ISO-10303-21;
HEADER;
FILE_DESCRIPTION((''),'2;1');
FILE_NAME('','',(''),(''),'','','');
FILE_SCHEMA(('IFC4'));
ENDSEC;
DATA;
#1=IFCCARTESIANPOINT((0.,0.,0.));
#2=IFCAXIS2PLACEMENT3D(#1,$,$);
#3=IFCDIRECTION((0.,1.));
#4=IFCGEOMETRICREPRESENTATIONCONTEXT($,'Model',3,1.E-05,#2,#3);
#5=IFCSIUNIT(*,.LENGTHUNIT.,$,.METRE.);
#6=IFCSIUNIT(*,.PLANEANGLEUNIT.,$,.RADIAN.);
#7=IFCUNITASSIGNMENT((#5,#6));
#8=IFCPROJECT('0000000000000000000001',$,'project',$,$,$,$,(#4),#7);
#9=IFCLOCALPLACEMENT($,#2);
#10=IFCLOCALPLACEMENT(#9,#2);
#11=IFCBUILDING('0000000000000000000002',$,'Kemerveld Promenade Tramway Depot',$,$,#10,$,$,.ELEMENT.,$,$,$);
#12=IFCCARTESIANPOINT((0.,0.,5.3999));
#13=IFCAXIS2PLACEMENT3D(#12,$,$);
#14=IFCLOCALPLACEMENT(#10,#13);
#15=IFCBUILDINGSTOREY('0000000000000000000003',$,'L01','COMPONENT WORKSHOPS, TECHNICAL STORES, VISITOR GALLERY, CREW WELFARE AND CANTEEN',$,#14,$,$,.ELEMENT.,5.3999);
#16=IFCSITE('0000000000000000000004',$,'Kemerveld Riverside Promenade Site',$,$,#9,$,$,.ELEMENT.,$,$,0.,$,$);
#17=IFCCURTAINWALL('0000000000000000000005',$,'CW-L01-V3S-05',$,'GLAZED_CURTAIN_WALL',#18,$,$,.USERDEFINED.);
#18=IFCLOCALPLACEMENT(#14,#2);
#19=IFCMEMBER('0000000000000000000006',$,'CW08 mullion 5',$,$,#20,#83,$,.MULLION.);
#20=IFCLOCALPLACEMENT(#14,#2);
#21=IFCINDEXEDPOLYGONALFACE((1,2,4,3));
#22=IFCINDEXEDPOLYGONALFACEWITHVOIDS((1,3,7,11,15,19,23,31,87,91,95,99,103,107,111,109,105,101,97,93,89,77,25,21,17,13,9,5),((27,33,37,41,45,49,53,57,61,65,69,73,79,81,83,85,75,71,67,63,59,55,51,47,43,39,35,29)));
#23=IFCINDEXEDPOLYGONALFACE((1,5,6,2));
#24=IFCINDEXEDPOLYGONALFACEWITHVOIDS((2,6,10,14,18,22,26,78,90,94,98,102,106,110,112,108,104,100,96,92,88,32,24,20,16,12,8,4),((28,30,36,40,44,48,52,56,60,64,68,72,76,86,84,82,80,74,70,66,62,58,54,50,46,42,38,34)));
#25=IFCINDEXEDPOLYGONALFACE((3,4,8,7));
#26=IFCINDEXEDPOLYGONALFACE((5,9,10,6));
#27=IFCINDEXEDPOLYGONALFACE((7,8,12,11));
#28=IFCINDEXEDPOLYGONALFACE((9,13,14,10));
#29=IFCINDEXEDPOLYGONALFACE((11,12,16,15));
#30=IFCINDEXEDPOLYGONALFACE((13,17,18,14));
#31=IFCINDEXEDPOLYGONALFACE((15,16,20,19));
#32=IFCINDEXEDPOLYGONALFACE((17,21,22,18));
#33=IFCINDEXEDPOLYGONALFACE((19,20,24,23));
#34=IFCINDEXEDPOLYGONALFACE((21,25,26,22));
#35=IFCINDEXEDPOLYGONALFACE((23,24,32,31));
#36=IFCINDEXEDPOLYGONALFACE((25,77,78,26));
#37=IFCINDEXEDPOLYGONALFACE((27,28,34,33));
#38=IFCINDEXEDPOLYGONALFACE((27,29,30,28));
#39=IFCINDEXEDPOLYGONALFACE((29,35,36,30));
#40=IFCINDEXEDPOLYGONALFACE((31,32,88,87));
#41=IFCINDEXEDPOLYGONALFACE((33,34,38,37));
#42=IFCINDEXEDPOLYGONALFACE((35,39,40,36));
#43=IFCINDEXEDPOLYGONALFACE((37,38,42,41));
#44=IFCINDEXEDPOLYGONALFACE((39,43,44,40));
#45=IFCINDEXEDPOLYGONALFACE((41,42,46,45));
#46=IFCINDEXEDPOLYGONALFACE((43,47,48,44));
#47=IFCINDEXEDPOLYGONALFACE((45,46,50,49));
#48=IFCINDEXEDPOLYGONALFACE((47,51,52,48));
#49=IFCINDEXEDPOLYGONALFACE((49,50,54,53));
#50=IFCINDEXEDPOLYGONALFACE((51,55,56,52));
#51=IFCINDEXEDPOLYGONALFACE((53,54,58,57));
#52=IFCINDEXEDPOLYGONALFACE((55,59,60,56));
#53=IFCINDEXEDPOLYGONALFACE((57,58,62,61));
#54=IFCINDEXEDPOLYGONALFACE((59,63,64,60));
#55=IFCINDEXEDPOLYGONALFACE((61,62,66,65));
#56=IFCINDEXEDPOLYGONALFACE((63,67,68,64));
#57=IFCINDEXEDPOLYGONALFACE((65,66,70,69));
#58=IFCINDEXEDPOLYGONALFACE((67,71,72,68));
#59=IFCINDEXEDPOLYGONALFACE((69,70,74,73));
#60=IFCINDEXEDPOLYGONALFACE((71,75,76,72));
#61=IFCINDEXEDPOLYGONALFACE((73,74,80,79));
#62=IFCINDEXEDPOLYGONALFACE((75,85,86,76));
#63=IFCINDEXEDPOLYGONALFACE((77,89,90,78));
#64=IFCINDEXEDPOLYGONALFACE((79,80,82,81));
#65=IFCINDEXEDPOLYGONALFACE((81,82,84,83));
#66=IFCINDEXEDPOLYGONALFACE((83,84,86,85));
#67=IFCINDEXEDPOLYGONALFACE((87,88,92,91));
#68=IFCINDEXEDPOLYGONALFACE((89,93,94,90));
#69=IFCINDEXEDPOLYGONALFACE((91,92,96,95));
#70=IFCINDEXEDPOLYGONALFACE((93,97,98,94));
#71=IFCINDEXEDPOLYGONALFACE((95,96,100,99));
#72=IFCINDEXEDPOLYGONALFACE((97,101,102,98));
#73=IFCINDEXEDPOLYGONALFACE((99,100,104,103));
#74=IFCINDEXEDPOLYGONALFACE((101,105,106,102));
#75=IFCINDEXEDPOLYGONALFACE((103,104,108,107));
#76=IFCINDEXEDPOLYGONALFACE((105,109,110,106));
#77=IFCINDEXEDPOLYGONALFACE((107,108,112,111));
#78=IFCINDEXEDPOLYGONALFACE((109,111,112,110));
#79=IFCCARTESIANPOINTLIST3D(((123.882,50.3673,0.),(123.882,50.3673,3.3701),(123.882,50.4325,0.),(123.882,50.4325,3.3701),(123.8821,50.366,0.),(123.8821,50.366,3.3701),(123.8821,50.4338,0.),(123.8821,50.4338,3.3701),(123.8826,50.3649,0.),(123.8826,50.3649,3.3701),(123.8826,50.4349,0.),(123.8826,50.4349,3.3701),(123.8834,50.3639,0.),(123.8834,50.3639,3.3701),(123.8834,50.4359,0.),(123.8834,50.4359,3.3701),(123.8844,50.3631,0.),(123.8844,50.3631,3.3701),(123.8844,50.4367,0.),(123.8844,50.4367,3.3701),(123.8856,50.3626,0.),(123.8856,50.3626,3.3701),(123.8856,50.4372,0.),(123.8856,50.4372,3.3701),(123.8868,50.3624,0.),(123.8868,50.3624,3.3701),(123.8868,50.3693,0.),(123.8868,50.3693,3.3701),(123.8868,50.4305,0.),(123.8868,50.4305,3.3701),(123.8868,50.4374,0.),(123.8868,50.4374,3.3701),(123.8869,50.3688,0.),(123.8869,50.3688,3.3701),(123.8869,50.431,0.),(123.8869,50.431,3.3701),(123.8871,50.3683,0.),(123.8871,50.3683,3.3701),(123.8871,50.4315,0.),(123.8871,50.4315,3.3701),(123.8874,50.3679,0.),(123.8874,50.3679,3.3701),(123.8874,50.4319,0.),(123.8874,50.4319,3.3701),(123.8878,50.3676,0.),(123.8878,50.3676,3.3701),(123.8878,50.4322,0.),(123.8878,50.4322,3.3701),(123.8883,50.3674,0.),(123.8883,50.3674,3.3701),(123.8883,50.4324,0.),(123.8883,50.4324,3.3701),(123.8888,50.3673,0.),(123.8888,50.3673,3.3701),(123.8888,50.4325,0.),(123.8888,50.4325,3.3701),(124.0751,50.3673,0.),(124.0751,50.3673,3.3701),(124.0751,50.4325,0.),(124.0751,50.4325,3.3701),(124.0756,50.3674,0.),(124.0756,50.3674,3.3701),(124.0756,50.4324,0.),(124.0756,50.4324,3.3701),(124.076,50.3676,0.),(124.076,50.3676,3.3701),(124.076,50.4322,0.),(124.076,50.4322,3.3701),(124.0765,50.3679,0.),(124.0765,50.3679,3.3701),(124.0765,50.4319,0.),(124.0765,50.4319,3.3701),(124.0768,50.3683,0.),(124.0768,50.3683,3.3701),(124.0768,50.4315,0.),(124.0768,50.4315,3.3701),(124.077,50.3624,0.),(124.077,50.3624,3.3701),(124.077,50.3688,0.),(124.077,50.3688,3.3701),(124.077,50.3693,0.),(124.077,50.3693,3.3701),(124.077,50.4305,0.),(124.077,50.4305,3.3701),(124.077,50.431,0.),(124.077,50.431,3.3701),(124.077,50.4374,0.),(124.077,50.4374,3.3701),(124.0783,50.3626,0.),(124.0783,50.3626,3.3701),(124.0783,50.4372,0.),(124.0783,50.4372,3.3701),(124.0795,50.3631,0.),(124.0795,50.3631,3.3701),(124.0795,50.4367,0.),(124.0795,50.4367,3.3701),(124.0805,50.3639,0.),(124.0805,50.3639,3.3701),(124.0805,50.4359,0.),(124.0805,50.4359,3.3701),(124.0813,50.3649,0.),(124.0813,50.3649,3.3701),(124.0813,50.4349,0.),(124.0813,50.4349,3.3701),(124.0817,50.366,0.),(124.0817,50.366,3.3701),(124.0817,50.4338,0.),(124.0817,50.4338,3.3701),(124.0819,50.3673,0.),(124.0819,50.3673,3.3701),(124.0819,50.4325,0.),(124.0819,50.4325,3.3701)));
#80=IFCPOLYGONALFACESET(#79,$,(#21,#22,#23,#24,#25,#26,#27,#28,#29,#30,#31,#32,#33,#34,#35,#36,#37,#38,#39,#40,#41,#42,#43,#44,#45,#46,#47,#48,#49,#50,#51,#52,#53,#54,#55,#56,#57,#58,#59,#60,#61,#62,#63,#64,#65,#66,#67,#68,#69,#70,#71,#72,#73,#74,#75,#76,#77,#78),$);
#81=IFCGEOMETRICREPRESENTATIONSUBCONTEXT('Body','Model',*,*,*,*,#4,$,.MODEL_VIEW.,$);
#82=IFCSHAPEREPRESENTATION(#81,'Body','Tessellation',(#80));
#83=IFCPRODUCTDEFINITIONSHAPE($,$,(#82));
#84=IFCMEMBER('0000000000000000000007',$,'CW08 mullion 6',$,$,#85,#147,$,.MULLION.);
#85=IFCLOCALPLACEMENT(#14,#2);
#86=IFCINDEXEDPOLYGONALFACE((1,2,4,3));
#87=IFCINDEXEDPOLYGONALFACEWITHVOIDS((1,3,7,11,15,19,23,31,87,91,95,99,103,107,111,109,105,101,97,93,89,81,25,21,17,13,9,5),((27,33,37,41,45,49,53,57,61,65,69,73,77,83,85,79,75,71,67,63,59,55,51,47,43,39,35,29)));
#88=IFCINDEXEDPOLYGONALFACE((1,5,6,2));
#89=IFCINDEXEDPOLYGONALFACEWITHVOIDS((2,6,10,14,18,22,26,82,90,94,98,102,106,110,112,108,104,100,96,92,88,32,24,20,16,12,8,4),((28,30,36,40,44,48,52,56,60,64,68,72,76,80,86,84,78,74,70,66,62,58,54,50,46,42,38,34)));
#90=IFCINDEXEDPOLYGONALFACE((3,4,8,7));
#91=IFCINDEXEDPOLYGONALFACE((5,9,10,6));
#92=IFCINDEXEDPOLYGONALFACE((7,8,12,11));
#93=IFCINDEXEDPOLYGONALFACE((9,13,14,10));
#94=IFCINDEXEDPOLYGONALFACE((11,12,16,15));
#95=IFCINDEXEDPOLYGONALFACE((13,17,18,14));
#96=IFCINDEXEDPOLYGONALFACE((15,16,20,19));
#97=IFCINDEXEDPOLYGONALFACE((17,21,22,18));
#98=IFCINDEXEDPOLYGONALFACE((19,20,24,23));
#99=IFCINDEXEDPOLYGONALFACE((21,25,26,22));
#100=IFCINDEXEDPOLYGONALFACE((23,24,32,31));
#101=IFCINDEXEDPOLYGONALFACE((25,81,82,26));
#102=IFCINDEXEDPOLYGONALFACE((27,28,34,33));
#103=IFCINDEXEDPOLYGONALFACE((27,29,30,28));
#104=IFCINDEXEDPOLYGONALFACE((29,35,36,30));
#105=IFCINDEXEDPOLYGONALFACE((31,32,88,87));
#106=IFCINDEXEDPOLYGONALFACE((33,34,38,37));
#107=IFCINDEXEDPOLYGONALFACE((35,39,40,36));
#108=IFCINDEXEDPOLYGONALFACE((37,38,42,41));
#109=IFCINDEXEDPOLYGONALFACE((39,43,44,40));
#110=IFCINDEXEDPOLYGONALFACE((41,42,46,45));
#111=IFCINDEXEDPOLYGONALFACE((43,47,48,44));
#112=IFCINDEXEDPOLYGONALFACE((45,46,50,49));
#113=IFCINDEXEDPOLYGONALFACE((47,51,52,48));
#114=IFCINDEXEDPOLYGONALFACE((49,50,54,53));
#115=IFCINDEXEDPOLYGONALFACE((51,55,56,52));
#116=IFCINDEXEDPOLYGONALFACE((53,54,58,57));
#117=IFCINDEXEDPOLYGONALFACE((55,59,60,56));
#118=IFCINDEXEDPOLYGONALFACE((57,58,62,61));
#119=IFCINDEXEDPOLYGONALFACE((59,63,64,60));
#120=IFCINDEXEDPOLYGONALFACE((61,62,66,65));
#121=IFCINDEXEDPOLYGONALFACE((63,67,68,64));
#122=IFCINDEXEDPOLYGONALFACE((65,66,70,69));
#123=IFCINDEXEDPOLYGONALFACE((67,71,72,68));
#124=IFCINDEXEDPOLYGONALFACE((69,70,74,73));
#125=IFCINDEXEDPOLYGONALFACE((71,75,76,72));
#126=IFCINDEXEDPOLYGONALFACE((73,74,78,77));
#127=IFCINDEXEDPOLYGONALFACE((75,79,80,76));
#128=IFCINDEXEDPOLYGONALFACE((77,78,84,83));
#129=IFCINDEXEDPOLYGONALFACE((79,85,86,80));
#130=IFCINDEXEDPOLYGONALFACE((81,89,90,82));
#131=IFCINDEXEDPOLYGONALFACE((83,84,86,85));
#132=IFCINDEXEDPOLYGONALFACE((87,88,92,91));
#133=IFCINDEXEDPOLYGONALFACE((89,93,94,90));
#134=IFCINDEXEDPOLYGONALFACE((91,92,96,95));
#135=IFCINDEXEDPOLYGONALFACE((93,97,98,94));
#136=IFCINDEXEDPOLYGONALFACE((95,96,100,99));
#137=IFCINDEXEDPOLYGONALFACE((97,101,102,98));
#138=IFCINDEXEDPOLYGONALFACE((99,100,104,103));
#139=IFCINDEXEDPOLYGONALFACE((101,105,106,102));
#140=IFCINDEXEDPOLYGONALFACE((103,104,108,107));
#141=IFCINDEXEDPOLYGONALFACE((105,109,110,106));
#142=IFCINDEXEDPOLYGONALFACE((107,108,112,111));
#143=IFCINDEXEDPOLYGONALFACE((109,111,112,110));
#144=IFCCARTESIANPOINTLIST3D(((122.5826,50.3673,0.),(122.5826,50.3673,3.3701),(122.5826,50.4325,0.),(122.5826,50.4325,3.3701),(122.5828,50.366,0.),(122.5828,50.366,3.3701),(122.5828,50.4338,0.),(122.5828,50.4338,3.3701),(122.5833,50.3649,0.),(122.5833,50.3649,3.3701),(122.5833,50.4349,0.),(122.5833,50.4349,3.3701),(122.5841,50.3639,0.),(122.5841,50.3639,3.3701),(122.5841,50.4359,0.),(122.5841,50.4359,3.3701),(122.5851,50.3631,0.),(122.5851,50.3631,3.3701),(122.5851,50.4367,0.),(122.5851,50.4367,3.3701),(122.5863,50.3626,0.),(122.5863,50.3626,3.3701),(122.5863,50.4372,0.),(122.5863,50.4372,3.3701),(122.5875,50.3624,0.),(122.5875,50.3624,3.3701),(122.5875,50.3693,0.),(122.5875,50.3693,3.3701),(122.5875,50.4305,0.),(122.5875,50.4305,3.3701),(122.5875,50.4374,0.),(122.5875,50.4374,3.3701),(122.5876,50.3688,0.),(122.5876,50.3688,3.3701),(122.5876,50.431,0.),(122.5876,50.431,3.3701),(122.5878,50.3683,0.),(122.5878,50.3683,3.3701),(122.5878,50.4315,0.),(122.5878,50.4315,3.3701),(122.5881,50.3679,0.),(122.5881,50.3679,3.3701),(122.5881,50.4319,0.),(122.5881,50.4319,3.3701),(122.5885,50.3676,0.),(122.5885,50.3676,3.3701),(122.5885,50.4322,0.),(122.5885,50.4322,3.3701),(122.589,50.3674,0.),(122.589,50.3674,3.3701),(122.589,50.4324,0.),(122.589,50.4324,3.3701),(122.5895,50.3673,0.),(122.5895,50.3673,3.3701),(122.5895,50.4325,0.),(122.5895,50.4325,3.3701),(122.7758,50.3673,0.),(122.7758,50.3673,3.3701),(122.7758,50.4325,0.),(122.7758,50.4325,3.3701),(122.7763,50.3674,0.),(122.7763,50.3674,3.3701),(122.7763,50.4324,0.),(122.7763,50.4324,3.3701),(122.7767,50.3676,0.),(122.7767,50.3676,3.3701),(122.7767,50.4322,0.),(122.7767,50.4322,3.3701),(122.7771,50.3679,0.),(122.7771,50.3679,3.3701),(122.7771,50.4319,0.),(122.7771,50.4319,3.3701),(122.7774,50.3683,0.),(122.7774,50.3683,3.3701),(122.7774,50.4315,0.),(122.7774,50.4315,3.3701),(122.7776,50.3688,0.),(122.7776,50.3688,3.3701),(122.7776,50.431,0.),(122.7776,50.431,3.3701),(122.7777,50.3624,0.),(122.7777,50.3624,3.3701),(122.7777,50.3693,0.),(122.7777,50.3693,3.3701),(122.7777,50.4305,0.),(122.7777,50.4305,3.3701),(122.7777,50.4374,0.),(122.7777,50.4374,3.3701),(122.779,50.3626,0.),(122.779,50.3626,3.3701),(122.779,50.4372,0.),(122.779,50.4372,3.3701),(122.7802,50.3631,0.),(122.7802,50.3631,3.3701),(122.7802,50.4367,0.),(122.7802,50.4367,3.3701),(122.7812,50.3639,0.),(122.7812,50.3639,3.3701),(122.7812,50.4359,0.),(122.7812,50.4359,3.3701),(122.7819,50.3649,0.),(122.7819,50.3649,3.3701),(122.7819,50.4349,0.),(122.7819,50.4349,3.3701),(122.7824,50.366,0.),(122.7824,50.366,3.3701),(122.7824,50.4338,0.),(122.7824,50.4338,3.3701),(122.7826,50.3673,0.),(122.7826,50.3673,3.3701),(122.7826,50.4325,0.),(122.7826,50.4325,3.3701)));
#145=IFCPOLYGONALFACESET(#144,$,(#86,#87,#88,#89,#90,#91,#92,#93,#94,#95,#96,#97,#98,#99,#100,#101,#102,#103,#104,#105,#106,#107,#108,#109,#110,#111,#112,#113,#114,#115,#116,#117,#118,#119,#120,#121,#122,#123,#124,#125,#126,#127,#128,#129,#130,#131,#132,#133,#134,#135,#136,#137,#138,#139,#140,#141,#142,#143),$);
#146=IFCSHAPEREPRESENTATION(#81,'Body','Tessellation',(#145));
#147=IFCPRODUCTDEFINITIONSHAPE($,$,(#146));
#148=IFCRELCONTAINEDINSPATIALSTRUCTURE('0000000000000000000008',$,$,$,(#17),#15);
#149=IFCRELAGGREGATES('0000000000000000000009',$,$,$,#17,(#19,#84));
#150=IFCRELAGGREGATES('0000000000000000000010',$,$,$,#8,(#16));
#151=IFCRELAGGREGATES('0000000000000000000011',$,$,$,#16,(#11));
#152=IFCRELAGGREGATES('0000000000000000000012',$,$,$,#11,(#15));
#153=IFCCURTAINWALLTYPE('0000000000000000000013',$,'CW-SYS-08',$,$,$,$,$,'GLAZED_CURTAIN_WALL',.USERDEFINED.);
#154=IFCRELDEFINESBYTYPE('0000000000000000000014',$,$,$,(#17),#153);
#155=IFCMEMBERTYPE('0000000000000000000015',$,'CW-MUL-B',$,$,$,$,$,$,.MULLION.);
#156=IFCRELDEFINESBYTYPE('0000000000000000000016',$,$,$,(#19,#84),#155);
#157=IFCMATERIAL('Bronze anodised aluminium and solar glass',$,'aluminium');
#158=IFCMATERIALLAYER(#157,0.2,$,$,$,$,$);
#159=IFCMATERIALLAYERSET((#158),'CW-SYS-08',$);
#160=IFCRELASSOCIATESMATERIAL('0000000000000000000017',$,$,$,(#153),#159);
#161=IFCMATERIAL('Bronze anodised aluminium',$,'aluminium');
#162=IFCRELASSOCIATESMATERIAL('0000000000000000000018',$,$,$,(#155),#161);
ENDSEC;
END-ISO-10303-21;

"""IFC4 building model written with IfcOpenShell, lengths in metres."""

from ifc_helpers import new_model, si_unit, direction, frame, origin, origin_2d, place, context, subcontext, project, spatial, hollow_rectangle, extrude, material, layer, layer_set, material_profile, profile_set, type_object, element, aggregate, save


model = new_model("IFC4")

# Units and contexts
model_context = context("Model", 3, precision=1e-05, world=origin(), true_north=direction((0.0, 1.0)))
body_context = subcontext(model_context, "Body", "Model", "MODEL_VIEW")
ifc_project = project(units=[si_unit("LENGTHUNIT", "METRE"), si_unit("PLANEANGLEUNIT", "RADIAN")], contexts=[model_context])

# Site, building, storey
site_placement = place(None, origin())
site = spatial("IfcSite", under=ifc_project, at=site_placement, Name="Kemerveld Riverside Promenade Site", CompositionType="ELEMENT", RefElevation=0.0)
building_placement = place(site_placement, origin())
building = spatial("IfcBuilding", under=site, at=building_placement, Name="Kemerveld Promenade Tramway Depot", CompositionType="ELEMENT")
storey_placement = place(building_placement, frame((0.0, 0.0, 5.3999)))
storey = spatial("IfcBuildingStorey", under=building, at=storey_placement, Name="L01", Description="COMPONENT WORKSHOPS, TECHNICAL STORES, VISITOR GALLERY, CREW WELFARE AND CANTEEN", CompositionType="ELEMENT", Elevation=5.3999)

# Curtain wall, members
ifc_material_1 = material(Name="Bronze anodised aluminium and solar glass", Category="aluminium")
ifc_layer_1 = layer(ifc_material_1, 0.2)
ifc_layer_set_1 = layer_set([ifc_layer_1], Name="CW-SYS-08")
curtain_wall_type = type_object("IfcCurtainWallType", Name="CW-SYS-08", ElementType="GLAZED_CURTAIN_WALL", PredefinedType="USERDEFINED", material=ifc_layer_set_1)
curtain_wall_placement = place(storey_placement, origin())
curtain_wall = element("IfcCurtainWall", 1, at=curtain_wall_placement, inside=storey, type_object=curtain_wall_type, Name="CW-L01-V3S-05", ObjectType="GLAZED_CURTAIN_WALL", PredefinedType="USERDEFINED")
ifc_material_2 = material(Name="Bronze anodised aluminium", Category="aluminium")
ifc_material_profile_1 = material_profile(ifc_material_2, hollow_rectangle(XDim=0.075, YDim=0.2, WallThickness=0.0049, InnerFilletRadius=0.002, OuterFilletRadius=0.0049, at=origin_2d()), Name="CW-MUL-200x75")
ifc_profile_set_1 = profile_set([ifc_material_profile_1], Name="Bronze anodised aluminium")
member_type_1 = type_object("IfcMemberType", Name="CW-MUL-B", PredefinedType="MULLION", material=ifc_profile_set_1)
member_1_placement = place(storey_placement, frame((123.9819, 50.3999, 0.0), z_axis=(0.0, 0.0, 1.0), x_axis=(0.0, -1.0, 0.0)))
member_1 = element("IfcMember", 2, at=member_1_placement, type_object=member_type_1, Name="CW08 mullion 5", PredefinedType="MULLION", context=body_context, shape_type="SweptSolid", body=[
    extrude(hollow_rectangle(XDim=0.075, YDim=0.2, WallThickness=0.0049, InnerFilletRadius=0.002, OuterFilletRadius=0.0049, at=origin_2d()), origin(), (0.0, 0.0, 1.0), 3.3701),
])
member_2_placement = place(storey_placement, frame((122.6826, 50.3999, 0.0), z_axis=(0.0, 0.0, 1.0), x_axis=(0.0, -1.0, 0.0)))
member_2 = element("IfcMember", 3, at=member_2_placement, type_object=member_type_1, Name="CW08 mullion 6", PredefinedType="MULLION", context=body_context, shape_type="SweptSolid", body=[
    extrude(hollow_rectangle(XDim=0.075, YDim=0.2, WallThickness=0.0049, InnerFilletRadius=0.002, OuterFilletRadius=0.0049, at=origin_2d()), origin(), (0.0, 0.0, 1.0), 3.3701),
])
aggregate(curtain_wall, [member_1, member_2])

save(model, "model.ifc")
